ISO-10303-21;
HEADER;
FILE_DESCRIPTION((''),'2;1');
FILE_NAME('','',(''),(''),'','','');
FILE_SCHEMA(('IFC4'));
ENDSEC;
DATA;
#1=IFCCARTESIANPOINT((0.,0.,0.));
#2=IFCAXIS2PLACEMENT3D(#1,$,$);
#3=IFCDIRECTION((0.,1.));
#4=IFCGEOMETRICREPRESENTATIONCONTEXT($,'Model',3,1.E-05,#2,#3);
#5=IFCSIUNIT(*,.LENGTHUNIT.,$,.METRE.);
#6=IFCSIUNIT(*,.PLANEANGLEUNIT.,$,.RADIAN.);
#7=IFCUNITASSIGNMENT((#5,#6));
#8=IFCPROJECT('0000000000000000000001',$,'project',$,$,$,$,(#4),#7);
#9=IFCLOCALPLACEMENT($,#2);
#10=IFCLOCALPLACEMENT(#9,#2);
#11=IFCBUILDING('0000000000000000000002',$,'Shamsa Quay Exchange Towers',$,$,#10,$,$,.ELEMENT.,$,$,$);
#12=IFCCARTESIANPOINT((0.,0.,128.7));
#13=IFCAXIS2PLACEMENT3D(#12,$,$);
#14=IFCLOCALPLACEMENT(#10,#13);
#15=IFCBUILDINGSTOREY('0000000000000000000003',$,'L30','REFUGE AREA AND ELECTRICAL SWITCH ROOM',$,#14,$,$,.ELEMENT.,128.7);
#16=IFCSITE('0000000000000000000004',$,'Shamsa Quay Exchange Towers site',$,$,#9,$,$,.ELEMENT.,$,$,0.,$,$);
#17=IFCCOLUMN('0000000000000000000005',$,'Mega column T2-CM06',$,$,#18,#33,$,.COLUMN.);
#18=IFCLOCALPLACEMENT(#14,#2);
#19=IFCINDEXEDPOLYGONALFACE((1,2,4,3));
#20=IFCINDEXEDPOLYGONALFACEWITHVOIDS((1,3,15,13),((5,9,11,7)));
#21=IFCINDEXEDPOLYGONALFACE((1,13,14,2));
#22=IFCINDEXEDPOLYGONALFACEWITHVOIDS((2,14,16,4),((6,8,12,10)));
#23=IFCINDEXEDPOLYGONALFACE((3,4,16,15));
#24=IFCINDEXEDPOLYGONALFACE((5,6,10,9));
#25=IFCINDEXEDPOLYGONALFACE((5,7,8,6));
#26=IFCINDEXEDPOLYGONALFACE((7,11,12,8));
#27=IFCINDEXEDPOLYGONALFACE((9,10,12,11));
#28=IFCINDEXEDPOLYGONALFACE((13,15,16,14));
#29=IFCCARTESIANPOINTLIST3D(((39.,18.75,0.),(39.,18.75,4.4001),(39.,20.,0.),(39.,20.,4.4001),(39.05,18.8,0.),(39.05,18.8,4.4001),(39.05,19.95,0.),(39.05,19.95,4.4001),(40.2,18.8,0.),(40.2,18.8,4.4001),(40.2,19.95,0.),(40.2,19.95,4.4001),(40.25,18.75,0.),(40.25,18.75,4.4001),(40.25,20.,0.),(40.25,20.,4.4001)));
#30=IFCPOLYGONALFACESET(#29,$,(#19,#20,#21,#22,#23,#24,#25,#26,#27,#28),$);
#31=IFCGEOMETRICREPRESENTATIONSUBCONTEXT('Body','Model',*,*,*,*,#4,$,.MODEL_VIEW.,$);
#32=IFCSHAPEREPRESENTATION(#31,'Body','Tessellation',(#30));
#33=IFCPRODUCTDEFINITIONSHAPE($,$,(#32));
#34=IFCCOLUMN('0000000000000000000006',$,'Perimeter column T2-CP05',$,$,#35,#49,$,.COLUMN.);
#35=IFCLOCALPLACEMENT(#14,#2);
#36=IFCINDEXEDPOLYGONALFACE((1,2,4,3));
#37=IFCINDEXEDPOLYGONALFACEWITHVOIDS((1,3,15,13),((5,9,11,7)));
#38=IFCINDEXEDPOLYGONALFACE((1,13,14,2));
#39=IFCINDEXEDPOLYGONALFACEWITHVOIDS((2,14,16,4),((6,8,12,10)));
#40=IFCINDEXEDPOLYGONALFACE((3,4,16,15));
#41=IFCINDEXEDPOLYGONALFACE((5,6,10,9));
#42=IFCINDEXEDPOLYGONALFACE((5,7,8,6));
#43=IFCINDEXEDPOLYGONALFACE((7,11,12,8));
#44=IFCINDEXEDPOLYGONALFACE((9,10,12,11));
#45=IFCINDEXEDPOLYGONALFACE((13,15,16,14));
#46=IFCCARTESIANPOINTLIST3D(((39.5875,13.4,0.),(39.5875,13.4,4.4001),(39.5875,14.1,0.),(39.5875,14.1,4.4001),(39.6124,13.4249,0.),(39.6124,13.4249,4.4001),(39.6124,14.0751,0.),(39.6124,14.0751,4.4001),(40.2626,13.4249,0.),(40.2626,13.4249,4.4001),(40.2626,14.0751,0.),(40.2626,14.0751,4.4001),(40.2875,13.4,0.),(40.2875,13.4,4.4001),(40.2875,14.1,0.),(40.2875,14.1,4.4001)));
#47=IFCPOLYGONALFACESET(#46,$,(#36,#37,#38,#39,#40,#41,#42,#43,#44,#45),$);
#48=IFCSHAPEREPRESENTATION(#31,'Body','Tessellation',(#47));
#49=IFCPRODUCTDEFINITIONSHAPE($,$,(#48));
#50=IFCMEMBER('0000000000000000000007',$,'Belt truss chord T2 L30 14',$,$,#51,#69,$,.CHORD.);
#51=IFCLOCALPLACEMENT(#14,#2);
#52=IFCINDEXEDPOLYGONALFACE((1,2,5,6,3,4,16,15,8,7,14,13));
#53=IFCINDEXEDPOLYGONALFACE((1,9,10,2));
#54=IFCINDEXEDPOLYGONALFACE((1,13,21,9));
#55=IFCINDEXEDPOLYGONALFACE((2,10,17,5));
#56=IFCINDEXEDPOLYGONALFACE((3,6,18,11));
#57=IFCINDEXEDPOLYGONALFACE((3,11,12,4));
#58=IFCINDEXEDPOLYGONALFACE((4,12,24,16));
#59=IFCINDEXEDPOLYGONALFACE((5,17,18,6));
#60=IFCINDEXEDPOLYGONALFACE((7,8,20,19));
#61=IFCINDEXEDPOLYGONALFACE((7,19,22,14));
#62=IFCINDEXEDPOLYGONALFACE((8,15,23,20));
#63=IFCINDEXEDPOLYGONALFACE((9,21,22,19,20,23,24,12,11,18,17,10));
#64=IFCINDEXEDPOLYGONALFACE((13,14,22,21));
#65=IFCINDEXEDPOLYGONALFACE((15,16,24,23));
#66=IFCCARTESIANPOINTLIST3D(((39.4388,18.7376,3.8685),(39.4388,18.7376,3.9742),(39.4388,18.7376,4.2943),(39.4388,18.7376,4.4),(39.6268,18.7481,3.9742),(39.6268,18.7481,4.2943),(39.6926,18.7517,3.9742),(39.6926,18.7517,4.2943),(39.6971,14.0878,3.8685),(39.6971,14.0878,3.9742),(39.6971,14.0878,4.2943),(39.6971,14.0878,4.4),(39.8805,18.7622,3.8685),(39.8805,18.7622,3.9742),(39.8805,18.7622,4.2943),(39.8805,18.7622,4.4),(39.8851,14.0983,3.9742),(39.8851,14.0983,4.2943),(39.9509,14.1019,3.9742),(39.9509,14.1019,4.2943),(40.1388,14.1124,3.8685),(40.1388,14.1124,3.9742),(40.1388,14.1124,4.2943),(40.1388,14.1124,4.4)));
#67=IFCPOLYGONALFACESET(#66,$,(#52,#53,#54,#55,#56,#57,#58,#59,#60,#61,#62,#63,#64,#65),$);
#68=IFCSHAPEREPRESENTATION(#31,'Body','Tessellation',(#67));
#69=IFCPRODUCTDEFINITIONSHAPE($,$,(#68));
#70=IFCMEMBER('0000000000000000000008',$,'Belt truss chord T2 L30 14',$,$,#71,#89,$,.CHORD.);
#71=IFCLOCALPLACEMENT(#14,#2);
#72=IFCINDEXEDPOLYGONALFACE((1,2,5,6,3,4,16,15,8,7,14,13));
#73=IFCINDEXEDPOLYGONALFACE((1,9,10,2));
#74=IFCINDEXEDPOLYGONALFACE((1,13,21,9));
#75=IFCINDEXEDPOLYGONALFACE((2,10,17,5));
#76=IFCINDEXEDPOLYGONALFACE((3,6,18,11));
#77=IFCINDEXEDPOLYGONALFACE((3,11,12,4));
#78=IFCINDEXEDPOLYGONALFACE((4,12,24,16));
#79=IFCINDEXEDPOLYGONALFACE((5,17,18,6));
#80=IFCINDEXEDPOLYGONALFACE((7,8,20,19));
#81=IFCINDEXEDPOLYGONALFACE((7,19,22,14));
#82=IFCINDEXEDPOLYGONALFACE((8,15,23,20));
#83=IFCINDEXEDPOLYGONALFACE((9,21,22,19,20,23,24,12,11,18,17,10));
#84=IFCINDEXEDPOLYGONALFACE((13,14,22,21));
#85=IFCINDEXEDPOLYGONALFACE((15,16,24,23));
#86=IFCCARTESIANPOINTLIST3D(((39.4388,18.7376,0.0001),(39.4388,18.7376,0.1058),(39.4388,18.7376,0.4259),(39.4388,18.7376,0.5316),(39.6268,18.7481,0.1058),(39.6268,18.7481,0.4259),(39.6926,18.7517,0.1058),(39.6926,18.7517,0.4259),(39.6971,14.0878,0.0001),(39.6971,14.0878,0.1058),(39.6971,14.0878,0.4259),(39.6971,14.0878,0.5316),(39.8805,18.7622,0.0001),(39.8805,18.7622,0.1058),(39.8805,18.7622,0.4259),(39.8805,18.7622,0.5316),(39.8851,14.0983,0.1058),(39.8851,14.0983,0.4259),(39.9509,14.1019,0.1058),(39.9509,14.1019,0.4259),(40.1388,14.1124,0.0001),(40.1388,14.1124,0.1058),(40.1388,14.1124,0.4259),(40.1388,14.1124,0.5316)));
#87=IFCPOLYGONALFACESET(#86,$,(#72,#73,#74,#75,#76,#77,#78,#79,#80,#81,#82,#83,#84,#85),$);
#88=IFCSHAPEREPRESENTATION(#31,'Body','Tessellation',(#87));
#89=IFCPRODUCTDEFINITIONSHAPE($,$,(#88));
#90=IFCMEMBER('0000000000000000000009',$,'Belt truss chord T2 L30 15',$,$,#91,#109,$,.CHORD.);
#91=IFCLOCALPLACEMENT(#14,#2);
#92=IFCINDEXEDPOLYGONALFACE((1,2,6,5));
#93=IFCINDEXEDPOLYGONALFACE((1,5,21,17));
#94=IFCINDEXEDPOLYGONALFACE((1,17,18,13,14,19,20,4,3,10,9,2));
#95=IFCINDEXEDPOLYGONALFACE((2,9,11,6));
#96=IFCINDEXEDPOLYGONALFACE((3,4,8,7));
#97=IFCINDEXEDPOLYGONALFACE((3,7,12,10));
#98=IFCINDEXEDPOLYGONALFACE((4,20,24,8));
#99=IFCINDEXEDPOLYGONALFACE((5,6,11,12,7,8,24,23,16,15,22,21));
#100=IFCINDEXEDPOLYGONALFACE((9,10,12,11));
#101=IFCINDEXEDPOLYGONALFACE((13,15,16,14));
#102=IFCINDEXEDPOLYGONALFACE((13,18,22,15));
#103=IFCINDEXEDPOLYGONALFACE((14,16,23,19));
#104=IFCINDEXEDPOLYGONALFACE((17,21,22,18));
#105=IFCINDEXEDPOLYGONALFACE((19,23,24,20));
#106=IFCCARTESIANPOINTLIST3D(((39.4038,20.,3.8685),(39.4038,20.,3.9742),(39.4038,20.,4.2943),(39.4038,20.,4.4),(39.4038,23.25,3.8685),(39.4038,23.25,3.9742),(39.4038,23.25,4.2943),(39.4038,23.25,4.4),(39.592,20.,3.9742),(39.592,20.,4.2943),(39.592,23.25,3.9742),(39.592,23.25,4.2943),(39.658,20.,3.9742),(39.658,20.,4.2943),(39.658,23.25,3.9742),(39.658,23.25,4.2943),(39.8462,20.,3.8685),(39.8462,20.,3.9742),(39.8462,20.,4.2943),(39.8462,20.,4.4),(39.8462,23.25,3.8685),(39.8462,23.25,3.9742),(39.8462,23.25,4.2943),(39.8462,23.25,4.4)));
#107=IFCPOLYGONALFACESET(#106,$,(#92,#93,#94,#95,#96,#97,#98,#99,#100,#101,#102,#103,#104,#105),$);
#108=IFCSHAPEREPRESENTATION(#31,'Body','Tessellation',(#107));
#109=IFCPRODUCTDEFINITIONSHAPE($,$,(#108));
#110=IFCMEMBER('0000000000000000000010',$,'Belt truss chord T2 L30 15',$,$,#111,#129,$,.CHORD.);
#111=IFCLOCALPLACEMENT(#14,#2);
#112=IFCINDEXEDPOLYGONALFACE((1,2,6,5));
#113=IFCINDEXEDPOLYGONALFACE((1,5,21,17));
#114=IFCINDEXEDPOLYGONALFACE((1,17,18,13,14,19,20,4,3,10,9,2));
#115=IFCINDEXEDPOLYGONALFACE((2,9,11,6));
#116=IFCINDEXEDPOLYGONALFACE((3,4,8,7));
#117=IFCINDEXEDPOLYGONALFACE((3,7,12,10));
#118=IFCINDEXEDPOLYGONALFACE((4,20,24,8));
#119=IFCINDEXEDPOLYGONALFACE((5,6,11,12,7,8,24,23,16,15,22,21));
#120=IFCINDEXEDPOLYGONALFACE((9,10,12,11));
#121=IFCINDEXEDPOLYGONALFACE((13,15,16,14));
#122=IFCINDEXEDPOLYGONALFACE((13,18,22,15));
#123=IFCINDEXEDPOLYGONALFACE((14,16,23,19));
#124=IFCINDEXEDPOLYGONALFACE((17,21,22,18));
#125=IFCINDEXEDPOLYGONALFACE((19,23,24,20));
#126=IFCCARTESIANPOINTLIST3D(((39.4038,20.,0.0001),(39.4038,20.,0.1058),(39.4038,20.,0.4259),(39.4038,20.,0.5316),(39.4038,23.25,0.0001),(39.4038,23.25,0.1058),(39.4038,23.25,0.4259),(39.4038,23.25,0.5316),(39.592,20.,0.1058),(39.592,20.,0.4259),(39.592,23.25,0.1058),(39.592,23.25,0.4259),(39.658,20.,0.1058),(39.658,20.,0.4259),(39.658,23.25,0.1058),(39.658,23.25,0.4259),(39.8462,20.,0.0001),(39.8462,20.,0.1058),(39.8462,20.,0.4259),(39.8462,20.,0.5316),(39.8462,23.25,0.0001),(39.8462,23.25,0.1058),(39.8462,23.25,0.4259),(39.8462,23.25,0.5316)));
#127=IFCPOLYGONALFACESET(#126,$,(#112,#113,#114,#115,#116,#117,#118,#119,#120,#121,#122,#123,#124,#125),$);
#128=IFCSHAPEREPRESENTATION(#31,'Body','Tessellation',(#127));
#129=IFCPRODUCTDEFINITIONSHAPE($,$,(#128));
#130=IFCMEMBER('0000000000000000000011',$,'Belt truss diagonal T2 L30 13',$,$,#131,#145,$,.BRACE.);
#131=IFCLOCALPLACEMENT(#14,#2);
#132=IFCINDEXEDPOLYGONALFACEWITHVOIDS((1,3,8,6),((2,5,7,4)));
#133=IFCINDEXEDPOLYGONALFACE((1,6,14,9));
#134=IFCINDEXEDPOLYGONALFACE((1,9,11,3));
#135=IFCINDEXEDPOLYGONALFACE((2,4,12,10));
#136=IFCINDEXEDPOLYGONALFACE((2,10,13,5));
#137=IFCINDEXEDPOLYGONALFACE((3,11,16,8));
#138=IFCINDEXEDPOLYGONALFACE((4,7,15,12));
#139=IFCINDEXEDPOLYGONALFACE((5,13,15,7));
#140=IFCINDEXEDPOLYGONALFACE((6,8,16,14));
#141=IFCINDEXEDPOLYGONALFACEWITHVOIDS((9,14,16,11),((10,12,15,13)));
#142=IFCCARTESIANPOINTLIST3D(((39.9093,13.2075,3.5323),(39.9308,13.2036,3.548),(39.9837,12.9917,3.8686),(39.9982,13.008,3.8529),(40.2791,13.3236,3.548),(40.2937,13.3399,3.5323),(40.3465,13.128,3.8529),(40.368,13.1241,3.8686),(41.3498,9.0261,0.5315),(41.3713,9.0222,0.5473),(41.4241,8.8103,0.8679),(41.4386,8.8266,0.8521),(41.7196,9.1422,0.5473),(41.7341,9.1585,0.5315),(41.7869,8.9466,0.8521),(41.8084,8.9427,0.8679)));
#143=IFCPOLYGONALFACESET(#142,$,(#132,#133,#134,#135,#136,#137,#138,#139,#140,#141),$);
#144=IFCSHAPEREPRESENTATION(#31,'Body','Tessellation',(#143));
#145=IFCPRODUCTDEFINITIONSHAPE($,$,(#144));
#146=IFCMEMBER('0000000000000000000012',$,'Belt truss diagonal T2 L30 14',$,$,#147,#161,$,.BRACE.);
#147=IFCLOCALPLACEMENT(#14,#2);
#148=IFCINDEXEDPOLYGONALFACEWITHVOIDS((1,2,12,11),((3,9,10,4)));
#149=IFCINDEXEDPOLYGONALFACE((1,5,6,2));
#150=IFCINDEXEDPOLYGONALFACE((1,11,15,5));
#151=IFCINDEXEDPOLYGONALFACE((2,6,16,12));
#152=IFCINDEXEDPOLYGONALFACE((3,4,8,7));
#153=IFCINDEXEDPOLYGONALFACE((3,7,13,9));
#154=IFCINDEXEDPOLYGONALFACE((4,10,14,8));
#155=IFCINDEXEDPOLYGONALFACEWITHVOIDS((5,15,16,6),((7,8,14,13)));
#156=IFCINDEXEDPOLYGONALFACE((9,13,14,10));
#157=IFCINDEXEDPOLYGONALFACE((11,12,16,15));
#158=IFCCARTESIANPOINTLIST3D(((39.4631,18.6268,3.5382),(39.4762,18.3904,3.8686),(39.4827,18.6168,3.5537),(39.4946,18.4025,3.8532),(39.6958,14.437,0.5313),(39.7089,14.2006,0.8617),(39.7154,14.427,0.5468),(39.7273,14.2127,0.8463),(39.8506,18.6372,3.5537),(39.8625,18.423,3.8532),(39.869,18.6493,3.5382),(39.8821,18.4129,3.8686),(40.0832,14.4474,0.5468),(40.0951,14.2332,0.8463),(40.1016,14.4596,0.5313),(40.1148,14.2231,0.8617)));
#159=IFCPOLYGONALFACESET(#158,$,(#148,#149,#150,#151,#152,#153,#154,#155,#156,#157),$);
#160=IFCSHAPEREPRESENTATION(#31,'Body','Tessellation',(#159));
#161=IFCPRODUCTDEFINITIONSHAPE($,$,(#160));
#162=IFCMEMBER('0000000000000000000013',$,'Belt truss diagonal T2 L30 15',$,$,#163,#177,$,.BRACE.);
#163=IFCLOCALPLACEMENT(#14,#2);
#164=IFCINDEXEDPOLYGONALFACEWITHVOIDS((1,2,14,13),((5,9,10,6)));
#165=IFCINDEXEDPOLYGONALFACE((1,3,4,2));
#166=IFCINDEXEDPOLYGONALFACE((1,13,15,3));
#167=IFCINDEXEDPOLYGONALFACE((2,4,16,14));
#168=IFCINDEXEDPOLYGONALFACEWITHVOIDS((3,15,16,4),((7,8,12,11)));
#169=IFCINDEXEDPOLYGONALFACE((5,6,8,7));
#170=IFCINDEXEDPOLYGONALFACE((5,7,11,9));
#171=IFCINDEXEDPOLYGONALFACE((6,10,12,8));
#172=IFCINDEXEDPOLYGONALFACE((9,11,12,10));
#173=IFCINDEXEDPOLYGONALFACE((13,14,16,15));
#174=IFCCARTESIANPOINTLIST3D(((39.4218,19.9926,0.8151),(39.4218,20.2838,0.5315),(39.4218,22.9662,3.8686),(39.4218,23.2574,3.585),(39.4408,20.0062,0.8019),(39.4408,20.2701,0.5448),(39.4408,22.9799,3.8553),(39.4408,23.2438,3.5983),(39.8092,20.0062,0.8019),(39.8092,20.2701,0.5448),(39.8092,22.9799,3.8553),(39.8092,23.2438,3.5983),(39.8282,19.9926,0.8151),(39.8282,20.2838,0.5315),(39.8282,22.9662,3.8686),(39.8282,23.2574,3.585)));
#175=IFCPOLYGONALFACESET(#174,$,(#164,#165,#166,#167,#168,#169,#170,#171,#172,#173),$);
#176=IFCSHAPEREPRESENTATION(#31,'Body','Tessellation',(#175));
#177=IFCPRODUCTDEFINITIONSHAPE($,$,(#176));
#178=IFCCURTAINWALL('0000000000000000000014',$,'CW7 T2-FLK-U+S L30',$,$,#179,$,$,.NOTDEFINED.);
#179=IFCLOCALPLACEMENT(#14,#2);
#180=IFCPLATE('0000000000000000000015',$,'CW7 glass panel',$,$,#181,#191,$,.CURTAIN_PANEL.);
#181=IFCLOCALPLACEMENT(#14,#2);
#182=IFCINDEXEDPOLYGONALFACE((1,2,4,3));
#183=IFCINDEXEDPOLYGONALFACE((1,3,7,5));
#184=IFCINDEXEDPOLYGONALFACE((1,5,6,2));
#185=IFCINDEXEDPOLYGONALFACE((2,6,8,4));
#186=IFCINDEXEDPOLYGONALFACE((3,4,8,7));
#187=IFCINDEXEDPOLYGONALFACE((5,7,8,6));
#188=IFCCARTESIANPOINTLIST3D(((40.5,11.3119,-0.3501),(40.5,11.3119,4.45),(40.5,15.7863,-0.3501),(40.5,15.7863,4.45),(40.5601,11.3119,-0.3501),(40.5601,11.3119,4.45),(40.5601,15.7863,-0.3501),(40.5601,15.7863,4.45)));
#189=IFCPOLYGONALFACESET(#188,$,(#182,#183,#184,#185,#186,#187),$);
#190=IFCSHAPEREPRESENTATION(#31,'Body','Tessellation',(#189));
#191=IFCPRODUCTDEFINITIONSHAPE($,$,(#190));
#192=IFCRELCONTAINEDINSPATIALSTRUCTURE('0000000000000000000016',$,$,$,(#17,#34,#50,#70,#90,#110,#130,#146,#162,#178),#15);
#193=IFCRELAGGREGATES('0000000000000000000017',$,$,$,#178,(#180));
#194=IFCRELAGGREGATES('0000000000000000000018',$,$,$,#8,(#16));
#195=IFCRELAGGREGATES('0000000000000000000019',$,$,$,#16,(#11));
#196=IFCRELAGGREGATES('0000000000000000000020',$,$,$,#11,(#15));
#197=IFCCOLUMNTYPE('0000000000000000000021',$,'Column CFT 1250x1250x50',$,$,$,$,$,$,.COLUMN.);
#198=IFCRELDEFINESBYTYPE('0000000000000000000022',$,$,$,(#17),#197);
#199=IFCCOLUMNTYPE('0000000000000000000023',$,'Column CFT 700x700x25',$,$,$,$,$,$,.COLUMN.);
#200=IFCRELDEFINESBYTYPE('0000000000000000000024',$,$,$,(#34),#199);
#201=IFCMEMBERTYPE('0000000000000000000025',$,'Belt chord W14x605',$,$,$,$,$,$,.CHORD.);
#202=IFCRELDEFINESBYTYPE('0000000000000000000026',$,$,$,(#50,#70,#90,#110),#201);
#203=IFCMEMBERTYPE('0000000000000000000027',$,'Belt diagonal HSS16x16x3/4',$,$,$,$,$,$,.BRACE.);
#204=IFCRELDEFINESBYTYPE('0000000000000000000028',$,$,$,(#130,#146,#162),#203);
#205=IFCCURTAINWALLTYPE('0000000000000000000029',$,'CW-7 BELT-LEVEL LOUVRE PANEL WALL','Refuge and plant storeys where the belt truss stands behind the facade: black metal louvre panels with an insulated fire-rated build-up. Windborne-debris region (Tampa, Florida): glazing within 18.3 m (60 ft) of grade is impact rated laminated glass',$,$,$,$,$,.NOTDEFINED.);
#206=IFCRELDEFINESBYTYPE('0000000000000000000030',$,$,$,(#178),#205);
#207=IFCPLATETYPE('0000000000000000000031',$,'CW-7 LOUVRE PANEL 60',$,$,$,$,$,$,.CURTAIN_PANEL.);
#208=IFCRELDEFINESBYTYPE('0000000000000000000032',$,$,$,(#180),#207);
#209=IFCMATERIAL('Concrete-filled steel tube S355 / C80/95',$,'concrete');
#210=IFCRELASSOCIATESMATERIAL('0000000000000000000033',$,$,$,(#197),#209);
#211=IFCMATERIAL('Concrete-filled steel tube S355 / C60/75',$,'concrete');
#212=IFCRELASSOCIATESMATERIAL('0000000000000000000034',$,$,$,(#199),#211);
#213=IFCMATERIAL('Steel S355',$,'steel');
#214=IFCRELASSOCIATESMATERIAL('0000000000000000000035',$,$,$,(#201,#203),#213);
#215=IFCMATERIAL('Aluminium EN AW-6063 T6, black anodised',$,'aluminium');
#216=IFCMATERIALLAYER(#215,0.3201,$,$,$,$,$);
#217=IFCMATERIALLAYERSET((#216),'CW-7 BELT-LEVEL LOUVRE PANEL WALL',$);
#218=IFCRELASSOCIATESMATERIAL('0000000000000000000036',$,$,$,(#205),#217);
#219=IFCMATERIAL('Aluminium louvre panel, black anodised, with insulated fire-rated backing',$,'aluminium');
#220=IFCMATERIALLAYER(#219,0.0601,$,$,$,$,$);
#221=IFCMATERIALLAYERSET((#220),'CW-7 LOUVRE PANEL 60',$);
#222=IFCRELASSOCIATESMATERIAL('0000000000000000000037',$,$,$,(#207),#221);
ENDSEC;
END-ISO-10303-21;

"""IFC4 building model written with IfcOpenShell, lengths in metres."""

from ifc_helpers import new_model, si_unit, direction, frame, origin, origin_2d, place, context, subcontext, project, spatial, rectangle, hollow_rectangle, i_section, extrude, material, layer, layer_set, material_profile, profile_set, type_object, element, aggregate, save


model = new_model("IFC4")

# Units and contexts
model_context = context("Model", 3, precision=1e-05, world=origin(), true_north=direction((0.0, 1.0)))
body_context = subcontext(model_context, "Body", "Model", "MODEL_VIEW")
ifc_project = project(units=[si_unit("LENGTHUNIT", "METRE"), si_unit("PLANEANGLEUNIT", "RADIAN")], contexts=[model_context])

# Site, building, storey
site_placement = place(None, origin())
site = spatial("IfcSite", under=ifc_project, at=site_placement, Name="Shamsa Quay Exchange Towers site", CompositionType="ELEMENT", RefElevation=0.0)
building_placement = place(site_placement, origin())
building = spatial("IfcBuilding", under=site, at=building_placement, Name="Shamsa Quay Exchange Towers", CompositionType="ELEMENT")
storey_placement = place(building_placement, frame((0.0, 0.0, 128.7)))
storey = spatial("IfcBuildingStorey", under=building, at=storey_placement, Name="L30", Description="REFUGE AREA AND ELECTRICAL SWITCH ROOM", CompositionType="ELEMENT", Elevation=128.7)

# Columns
ifc_material_1 = material(Name="Concrete-filled steel tube S355 / C80/95", Category="concrete")
ifc_material_profile_1 = material_profile(ifc_material_1, hollow_rectangle(XDim=1.25, YDim=1.25, WallThickness=0.05, at=origin_2d()), Name="CFT 1250x1250x50")
ifc_profile_set_1 = profile_set([ifc_material_profile_1], Name="Concrete-filled steel tube S355 / C80/95")
column_type_1 = type_object("IfcColumnType", Name="Column CFT 1250x1250x50", PredefinedType="COLUMN", material=ifc_profile_set_1)
column_1_placement = place(storey_placement, frame((39.625, 19.375, 0.0)))
element("IfcColumn", 1, at=column_1_placement, inside=storey, type_object=column_type_1, Name="Mega column T2-CM06", PredefinedType="COLUMN", context=body_context, shape_type="SweptSolid", body=[
    extrude(hollow_rectangle(XDim=1.25, YDim=1.25, WallThickness=0.05, at=origin_2d()), origin(), (0.0, 0.0, 1.0), 4.4001),
])
ifc_material_2 = material(Name="Concrete-filled steel tube S355 / C60/75", Category="concrete")
ifc_material_profile_2 = material_profile(ifc_material_2, hollow_rectangle(XDim=0.7, YDim=0.7, WallThickness=0.0249, at=origin_2d()), Name="CFT 700x700x25")
ifc_profile_set_2 = profile_set([ifc_material_profile_2], Name="Concrete-filled steel tube S355 / C60/75")
column_type_2 = type_object("IfcColumnType", Name="Column CFT 700x700x25", PredefinedType="COLUMN", material=ifc_profile_set_2)
column_2_placement = place(storey_placement, frame((39.9375, 13.75, 0.0)))
element("IfcColumn", 2, at=column_2_placement, inside=storey, type_object=column_type_2, Name="Perimeter column T2-CP05", PredefinedType="COLUMN", context=body_context, shape_type="SweptSolid", body=[
    extrude(hollow_rectangle(XDim=0.7, YDim=0.7, WallThickness=0.0249, at=origin_2d()), origin(), (0.0, 0.0, 1.0), 4.4001),
])

# Members
ifc_material_3 = material(Name="Steel S355", Category="steel")
ifc_material_profile_3 = material_profile(ifc_material_3, i_section(OverallWidth=0.4424, OverallDepth=0.5315, WebThickness=0.0659, FlangeThickness=0.1057, at=origin_2d()), Name="W14x605")
ifc_profile_set_3 = profile_set([ifc_material_profile_3], Name="Steel S355")
member_type_1 = type_object("IfcMemberType", Name="Belt chord W14x605", PredefinedType="CHORD", material=ifc_profile_set_3)
for number, where, z_axis, x_axis, name in (
    (3, (39.918, 14.1001, 4.1343), (-0.055464, 0.998461, 0.0), (-0.998461, -0.055464, 0.0), "Belt truss chord T2 L30 14"),
    (4, (39.918, 14.1001, 0.2659), (-0.055464, 0.998461, 0.0), (-0.998461, -0.055464, 0.0), "Belt truss chord T2 L30 14"),
):
    element("IfcMember", number, at=place(storey_placement, frame(where, z_axis=z_axis, x_axis=x_axis)), inside=storey, type_object=member_type_1, Name=name, PredefinedType="CHORD", context=body_context, shape_type="SweptSolid", body=[
        extrude(i_section(OverallWidth=0.4424, OverallDepth=0.5315, WebThickness=0.0659, FlangeThickness=0.1057, at=origin_2d()), origin(), (0.0, 0.0, 1.0), 4.657),
    ])
for number, where, z_axis, x_axis, name in (
    (5, (39.625, 20.0, 4.1343), (0.0, 1.0, 0.0), (-1.0, 0.0, 0.0), "Belt truss chord T2 L30 15"),
    (6, (39.625, 20.0, 0.2659), (0.0, 1.0, 0.0), (-1.0, 0.0, 0.0), "Belt truss chord T2 L30 15"),
):
    element("IfcMember", number, at=place(storey_placement, frame(where, z_axis=z_axis, x_axis=x_axis)), inside=storey, type_object=member_type_1, Name=name, PredefinedType="CHORD", context=body_context, shape_type="SweptSolid", body=[
        extrude(i_section(OverallWidth=0.4424, OverallDepth=0.5315, WebThickness=0.0659, FlangeThickness=0.1057, at=origin_2d()), origin(), (0.0, 0.0, 1.0), 3.25),
    ])
ifc_material_profile_4 = material_profile(ifc_material_3, hollow_rectangle(XDim=0.4065, YDim=0.4065, WallThickness=0.019, at=origin_2d()), Name="HSS16x16x3/4")
ifc_profile_set_4 = profile_set([ifc_material_profile_4], Name="Steel S355")
member_type_2 = type_object("IfcMemberType", Name="Belt diagonal HSS16x16x3/4", PredefinedType="BRACE", material=ifc_profile_set_4)
member_1_placement = place(storey_placement, frame((41.5791, 8.9844, 0.6997), z_axis=(-0.269518, 0.782379, 0.561465), x_axis=(-0.945473, -0.325701, 0.0)))
element("IfcMember", 7, at=member_1_placement, inside=storey, type_object=member_type_2, Name="Belt truss diagonal T2 L30 13", PredefinedType="BRACE", context=body_context, shape_type="SweptSolid", body=[
    extrude(hollow_rectangle(XDim=0.4065, YDim=0.4065, WallThickness=0.019, at=origin_2d()), origin(), (0.0, 0.0, 1.0), 5.3445),
])
member_2_placement = place(storey_placement, frame((39.9053, 14.3301, 0.6965), z_axis=(-0.045071, 0.811604, 0.582467), x_axis=(-0.998462, -0.055447, 0.0)))
element("IfcMember", 8, at=member_2_placement, inside=storey, type_object=member_type_2, Name="Belt truss diagonal T2 L30 14", PredefinedType="BRACE", context=body_context, shape_type="SweptSolid", body=[
    extrude(hollow_rectangle(XDim=0.4065, YDim=0.4065, WallThickness=0.019, at=origin_2d()), origin(), (0.0, 0.0, 1.0), 5.1624),
])
member_3_placement = place(storey_placement, frame((39.625, 20.1382, 0.6733), z_axis=(0.0, 0.697679, 0.71641), x_axis=(-1.0, 0.0, 0.0)))
element("IfcMember", 9, at=member_3_placement, inside=storey, type_object=member_type_2, Name="Belt truss diagonal T2 L30 15", PredefinedType="BRACE", context=body_context, shape_type="SweptSolid", body=[
    extrude(hollow_rectangle(XDim=0.4065, YDim=0.4065, WallThickness=0.019, at=origin_2d()), origin(), (0.0, 0.0, 1.0), 4.2622),
])

# Curtain wall, plate
ifc_material_4 = material(Name="Aluminium EN AW-6063 T6, black anodised", Category="aluminium")
ifc_layer_1 = layer(ifc_material_4, 0.3201)
ifc_layer_set_1 = layer_set([ifc_layer_1], Name="CW-7 BELT-LEVEL LOUVRE PANEL WALL")
curtain_wall_type = type_object("IfcCurtainWallType", Name="CW-7 BELT-LEVEL LOUVRE PANEL WALL", Description="Refuge and plant storeys where the belt truss stands behind the facade: black metal louvre panels with an insulated fire-rated build-up. Windborne-debris region (Tampa, Florida): glazing within 18.3 m (60 ft) of grade is impact rated laminated glass", PredefinedType="NOTDEFINED", material=ifc_layer_set_1)
curtain_wall_placement = place(storey_placement, origin())
curtain_wall = element("IfcCurtainWall", 10, at=curtain_wall_placement, inside=storey, type_object=curtain_wall_type, Name="CW7 T2-FLK-U+S L30", PredefinedType="NOTDEFINED")
ifc_material_5 = material(Name="Aluminium louvre panel, black anodised, with insulated fire-rated backing", Category="aluminium")
ifc_layer_2 = layer(ifc_material_5, 0.0601)
ifc_layer_set_2 = layer_set([ifc_layer_2], Name="CW-7 LOUVRE PANEL 60")
plate_type = type_object("IfcPlateType", Name="CW-7 LOUVRE PANEL 60", PredefinedType="CURTAIN_PANEL", material=ifc_layer_set_2)
plate_1_placement = place(storey_placement, frame((40.53, 13.5491, -0.3501), z_axis=(0.0, 0.0, 1.0), x_axis=(0.0, 1.0, 0.0)))
plate_1 = element("IfcPlate", 11, at=plate_1_placement, type_object=plate_type, Name="CW7 glass panel", PredefinedType="CURTAIN_PANEL", context=body_context, shape_type="SweptSolid", body=[
    extrude(rectangle(XDim=4.4744, YDim=0.0601, at=origin_2d()), origin(), (0.0, 0.0, 1.0), 4.8),
])
aggregate(curtain_wall, [plate_1])

save(model, "model.ifc")
